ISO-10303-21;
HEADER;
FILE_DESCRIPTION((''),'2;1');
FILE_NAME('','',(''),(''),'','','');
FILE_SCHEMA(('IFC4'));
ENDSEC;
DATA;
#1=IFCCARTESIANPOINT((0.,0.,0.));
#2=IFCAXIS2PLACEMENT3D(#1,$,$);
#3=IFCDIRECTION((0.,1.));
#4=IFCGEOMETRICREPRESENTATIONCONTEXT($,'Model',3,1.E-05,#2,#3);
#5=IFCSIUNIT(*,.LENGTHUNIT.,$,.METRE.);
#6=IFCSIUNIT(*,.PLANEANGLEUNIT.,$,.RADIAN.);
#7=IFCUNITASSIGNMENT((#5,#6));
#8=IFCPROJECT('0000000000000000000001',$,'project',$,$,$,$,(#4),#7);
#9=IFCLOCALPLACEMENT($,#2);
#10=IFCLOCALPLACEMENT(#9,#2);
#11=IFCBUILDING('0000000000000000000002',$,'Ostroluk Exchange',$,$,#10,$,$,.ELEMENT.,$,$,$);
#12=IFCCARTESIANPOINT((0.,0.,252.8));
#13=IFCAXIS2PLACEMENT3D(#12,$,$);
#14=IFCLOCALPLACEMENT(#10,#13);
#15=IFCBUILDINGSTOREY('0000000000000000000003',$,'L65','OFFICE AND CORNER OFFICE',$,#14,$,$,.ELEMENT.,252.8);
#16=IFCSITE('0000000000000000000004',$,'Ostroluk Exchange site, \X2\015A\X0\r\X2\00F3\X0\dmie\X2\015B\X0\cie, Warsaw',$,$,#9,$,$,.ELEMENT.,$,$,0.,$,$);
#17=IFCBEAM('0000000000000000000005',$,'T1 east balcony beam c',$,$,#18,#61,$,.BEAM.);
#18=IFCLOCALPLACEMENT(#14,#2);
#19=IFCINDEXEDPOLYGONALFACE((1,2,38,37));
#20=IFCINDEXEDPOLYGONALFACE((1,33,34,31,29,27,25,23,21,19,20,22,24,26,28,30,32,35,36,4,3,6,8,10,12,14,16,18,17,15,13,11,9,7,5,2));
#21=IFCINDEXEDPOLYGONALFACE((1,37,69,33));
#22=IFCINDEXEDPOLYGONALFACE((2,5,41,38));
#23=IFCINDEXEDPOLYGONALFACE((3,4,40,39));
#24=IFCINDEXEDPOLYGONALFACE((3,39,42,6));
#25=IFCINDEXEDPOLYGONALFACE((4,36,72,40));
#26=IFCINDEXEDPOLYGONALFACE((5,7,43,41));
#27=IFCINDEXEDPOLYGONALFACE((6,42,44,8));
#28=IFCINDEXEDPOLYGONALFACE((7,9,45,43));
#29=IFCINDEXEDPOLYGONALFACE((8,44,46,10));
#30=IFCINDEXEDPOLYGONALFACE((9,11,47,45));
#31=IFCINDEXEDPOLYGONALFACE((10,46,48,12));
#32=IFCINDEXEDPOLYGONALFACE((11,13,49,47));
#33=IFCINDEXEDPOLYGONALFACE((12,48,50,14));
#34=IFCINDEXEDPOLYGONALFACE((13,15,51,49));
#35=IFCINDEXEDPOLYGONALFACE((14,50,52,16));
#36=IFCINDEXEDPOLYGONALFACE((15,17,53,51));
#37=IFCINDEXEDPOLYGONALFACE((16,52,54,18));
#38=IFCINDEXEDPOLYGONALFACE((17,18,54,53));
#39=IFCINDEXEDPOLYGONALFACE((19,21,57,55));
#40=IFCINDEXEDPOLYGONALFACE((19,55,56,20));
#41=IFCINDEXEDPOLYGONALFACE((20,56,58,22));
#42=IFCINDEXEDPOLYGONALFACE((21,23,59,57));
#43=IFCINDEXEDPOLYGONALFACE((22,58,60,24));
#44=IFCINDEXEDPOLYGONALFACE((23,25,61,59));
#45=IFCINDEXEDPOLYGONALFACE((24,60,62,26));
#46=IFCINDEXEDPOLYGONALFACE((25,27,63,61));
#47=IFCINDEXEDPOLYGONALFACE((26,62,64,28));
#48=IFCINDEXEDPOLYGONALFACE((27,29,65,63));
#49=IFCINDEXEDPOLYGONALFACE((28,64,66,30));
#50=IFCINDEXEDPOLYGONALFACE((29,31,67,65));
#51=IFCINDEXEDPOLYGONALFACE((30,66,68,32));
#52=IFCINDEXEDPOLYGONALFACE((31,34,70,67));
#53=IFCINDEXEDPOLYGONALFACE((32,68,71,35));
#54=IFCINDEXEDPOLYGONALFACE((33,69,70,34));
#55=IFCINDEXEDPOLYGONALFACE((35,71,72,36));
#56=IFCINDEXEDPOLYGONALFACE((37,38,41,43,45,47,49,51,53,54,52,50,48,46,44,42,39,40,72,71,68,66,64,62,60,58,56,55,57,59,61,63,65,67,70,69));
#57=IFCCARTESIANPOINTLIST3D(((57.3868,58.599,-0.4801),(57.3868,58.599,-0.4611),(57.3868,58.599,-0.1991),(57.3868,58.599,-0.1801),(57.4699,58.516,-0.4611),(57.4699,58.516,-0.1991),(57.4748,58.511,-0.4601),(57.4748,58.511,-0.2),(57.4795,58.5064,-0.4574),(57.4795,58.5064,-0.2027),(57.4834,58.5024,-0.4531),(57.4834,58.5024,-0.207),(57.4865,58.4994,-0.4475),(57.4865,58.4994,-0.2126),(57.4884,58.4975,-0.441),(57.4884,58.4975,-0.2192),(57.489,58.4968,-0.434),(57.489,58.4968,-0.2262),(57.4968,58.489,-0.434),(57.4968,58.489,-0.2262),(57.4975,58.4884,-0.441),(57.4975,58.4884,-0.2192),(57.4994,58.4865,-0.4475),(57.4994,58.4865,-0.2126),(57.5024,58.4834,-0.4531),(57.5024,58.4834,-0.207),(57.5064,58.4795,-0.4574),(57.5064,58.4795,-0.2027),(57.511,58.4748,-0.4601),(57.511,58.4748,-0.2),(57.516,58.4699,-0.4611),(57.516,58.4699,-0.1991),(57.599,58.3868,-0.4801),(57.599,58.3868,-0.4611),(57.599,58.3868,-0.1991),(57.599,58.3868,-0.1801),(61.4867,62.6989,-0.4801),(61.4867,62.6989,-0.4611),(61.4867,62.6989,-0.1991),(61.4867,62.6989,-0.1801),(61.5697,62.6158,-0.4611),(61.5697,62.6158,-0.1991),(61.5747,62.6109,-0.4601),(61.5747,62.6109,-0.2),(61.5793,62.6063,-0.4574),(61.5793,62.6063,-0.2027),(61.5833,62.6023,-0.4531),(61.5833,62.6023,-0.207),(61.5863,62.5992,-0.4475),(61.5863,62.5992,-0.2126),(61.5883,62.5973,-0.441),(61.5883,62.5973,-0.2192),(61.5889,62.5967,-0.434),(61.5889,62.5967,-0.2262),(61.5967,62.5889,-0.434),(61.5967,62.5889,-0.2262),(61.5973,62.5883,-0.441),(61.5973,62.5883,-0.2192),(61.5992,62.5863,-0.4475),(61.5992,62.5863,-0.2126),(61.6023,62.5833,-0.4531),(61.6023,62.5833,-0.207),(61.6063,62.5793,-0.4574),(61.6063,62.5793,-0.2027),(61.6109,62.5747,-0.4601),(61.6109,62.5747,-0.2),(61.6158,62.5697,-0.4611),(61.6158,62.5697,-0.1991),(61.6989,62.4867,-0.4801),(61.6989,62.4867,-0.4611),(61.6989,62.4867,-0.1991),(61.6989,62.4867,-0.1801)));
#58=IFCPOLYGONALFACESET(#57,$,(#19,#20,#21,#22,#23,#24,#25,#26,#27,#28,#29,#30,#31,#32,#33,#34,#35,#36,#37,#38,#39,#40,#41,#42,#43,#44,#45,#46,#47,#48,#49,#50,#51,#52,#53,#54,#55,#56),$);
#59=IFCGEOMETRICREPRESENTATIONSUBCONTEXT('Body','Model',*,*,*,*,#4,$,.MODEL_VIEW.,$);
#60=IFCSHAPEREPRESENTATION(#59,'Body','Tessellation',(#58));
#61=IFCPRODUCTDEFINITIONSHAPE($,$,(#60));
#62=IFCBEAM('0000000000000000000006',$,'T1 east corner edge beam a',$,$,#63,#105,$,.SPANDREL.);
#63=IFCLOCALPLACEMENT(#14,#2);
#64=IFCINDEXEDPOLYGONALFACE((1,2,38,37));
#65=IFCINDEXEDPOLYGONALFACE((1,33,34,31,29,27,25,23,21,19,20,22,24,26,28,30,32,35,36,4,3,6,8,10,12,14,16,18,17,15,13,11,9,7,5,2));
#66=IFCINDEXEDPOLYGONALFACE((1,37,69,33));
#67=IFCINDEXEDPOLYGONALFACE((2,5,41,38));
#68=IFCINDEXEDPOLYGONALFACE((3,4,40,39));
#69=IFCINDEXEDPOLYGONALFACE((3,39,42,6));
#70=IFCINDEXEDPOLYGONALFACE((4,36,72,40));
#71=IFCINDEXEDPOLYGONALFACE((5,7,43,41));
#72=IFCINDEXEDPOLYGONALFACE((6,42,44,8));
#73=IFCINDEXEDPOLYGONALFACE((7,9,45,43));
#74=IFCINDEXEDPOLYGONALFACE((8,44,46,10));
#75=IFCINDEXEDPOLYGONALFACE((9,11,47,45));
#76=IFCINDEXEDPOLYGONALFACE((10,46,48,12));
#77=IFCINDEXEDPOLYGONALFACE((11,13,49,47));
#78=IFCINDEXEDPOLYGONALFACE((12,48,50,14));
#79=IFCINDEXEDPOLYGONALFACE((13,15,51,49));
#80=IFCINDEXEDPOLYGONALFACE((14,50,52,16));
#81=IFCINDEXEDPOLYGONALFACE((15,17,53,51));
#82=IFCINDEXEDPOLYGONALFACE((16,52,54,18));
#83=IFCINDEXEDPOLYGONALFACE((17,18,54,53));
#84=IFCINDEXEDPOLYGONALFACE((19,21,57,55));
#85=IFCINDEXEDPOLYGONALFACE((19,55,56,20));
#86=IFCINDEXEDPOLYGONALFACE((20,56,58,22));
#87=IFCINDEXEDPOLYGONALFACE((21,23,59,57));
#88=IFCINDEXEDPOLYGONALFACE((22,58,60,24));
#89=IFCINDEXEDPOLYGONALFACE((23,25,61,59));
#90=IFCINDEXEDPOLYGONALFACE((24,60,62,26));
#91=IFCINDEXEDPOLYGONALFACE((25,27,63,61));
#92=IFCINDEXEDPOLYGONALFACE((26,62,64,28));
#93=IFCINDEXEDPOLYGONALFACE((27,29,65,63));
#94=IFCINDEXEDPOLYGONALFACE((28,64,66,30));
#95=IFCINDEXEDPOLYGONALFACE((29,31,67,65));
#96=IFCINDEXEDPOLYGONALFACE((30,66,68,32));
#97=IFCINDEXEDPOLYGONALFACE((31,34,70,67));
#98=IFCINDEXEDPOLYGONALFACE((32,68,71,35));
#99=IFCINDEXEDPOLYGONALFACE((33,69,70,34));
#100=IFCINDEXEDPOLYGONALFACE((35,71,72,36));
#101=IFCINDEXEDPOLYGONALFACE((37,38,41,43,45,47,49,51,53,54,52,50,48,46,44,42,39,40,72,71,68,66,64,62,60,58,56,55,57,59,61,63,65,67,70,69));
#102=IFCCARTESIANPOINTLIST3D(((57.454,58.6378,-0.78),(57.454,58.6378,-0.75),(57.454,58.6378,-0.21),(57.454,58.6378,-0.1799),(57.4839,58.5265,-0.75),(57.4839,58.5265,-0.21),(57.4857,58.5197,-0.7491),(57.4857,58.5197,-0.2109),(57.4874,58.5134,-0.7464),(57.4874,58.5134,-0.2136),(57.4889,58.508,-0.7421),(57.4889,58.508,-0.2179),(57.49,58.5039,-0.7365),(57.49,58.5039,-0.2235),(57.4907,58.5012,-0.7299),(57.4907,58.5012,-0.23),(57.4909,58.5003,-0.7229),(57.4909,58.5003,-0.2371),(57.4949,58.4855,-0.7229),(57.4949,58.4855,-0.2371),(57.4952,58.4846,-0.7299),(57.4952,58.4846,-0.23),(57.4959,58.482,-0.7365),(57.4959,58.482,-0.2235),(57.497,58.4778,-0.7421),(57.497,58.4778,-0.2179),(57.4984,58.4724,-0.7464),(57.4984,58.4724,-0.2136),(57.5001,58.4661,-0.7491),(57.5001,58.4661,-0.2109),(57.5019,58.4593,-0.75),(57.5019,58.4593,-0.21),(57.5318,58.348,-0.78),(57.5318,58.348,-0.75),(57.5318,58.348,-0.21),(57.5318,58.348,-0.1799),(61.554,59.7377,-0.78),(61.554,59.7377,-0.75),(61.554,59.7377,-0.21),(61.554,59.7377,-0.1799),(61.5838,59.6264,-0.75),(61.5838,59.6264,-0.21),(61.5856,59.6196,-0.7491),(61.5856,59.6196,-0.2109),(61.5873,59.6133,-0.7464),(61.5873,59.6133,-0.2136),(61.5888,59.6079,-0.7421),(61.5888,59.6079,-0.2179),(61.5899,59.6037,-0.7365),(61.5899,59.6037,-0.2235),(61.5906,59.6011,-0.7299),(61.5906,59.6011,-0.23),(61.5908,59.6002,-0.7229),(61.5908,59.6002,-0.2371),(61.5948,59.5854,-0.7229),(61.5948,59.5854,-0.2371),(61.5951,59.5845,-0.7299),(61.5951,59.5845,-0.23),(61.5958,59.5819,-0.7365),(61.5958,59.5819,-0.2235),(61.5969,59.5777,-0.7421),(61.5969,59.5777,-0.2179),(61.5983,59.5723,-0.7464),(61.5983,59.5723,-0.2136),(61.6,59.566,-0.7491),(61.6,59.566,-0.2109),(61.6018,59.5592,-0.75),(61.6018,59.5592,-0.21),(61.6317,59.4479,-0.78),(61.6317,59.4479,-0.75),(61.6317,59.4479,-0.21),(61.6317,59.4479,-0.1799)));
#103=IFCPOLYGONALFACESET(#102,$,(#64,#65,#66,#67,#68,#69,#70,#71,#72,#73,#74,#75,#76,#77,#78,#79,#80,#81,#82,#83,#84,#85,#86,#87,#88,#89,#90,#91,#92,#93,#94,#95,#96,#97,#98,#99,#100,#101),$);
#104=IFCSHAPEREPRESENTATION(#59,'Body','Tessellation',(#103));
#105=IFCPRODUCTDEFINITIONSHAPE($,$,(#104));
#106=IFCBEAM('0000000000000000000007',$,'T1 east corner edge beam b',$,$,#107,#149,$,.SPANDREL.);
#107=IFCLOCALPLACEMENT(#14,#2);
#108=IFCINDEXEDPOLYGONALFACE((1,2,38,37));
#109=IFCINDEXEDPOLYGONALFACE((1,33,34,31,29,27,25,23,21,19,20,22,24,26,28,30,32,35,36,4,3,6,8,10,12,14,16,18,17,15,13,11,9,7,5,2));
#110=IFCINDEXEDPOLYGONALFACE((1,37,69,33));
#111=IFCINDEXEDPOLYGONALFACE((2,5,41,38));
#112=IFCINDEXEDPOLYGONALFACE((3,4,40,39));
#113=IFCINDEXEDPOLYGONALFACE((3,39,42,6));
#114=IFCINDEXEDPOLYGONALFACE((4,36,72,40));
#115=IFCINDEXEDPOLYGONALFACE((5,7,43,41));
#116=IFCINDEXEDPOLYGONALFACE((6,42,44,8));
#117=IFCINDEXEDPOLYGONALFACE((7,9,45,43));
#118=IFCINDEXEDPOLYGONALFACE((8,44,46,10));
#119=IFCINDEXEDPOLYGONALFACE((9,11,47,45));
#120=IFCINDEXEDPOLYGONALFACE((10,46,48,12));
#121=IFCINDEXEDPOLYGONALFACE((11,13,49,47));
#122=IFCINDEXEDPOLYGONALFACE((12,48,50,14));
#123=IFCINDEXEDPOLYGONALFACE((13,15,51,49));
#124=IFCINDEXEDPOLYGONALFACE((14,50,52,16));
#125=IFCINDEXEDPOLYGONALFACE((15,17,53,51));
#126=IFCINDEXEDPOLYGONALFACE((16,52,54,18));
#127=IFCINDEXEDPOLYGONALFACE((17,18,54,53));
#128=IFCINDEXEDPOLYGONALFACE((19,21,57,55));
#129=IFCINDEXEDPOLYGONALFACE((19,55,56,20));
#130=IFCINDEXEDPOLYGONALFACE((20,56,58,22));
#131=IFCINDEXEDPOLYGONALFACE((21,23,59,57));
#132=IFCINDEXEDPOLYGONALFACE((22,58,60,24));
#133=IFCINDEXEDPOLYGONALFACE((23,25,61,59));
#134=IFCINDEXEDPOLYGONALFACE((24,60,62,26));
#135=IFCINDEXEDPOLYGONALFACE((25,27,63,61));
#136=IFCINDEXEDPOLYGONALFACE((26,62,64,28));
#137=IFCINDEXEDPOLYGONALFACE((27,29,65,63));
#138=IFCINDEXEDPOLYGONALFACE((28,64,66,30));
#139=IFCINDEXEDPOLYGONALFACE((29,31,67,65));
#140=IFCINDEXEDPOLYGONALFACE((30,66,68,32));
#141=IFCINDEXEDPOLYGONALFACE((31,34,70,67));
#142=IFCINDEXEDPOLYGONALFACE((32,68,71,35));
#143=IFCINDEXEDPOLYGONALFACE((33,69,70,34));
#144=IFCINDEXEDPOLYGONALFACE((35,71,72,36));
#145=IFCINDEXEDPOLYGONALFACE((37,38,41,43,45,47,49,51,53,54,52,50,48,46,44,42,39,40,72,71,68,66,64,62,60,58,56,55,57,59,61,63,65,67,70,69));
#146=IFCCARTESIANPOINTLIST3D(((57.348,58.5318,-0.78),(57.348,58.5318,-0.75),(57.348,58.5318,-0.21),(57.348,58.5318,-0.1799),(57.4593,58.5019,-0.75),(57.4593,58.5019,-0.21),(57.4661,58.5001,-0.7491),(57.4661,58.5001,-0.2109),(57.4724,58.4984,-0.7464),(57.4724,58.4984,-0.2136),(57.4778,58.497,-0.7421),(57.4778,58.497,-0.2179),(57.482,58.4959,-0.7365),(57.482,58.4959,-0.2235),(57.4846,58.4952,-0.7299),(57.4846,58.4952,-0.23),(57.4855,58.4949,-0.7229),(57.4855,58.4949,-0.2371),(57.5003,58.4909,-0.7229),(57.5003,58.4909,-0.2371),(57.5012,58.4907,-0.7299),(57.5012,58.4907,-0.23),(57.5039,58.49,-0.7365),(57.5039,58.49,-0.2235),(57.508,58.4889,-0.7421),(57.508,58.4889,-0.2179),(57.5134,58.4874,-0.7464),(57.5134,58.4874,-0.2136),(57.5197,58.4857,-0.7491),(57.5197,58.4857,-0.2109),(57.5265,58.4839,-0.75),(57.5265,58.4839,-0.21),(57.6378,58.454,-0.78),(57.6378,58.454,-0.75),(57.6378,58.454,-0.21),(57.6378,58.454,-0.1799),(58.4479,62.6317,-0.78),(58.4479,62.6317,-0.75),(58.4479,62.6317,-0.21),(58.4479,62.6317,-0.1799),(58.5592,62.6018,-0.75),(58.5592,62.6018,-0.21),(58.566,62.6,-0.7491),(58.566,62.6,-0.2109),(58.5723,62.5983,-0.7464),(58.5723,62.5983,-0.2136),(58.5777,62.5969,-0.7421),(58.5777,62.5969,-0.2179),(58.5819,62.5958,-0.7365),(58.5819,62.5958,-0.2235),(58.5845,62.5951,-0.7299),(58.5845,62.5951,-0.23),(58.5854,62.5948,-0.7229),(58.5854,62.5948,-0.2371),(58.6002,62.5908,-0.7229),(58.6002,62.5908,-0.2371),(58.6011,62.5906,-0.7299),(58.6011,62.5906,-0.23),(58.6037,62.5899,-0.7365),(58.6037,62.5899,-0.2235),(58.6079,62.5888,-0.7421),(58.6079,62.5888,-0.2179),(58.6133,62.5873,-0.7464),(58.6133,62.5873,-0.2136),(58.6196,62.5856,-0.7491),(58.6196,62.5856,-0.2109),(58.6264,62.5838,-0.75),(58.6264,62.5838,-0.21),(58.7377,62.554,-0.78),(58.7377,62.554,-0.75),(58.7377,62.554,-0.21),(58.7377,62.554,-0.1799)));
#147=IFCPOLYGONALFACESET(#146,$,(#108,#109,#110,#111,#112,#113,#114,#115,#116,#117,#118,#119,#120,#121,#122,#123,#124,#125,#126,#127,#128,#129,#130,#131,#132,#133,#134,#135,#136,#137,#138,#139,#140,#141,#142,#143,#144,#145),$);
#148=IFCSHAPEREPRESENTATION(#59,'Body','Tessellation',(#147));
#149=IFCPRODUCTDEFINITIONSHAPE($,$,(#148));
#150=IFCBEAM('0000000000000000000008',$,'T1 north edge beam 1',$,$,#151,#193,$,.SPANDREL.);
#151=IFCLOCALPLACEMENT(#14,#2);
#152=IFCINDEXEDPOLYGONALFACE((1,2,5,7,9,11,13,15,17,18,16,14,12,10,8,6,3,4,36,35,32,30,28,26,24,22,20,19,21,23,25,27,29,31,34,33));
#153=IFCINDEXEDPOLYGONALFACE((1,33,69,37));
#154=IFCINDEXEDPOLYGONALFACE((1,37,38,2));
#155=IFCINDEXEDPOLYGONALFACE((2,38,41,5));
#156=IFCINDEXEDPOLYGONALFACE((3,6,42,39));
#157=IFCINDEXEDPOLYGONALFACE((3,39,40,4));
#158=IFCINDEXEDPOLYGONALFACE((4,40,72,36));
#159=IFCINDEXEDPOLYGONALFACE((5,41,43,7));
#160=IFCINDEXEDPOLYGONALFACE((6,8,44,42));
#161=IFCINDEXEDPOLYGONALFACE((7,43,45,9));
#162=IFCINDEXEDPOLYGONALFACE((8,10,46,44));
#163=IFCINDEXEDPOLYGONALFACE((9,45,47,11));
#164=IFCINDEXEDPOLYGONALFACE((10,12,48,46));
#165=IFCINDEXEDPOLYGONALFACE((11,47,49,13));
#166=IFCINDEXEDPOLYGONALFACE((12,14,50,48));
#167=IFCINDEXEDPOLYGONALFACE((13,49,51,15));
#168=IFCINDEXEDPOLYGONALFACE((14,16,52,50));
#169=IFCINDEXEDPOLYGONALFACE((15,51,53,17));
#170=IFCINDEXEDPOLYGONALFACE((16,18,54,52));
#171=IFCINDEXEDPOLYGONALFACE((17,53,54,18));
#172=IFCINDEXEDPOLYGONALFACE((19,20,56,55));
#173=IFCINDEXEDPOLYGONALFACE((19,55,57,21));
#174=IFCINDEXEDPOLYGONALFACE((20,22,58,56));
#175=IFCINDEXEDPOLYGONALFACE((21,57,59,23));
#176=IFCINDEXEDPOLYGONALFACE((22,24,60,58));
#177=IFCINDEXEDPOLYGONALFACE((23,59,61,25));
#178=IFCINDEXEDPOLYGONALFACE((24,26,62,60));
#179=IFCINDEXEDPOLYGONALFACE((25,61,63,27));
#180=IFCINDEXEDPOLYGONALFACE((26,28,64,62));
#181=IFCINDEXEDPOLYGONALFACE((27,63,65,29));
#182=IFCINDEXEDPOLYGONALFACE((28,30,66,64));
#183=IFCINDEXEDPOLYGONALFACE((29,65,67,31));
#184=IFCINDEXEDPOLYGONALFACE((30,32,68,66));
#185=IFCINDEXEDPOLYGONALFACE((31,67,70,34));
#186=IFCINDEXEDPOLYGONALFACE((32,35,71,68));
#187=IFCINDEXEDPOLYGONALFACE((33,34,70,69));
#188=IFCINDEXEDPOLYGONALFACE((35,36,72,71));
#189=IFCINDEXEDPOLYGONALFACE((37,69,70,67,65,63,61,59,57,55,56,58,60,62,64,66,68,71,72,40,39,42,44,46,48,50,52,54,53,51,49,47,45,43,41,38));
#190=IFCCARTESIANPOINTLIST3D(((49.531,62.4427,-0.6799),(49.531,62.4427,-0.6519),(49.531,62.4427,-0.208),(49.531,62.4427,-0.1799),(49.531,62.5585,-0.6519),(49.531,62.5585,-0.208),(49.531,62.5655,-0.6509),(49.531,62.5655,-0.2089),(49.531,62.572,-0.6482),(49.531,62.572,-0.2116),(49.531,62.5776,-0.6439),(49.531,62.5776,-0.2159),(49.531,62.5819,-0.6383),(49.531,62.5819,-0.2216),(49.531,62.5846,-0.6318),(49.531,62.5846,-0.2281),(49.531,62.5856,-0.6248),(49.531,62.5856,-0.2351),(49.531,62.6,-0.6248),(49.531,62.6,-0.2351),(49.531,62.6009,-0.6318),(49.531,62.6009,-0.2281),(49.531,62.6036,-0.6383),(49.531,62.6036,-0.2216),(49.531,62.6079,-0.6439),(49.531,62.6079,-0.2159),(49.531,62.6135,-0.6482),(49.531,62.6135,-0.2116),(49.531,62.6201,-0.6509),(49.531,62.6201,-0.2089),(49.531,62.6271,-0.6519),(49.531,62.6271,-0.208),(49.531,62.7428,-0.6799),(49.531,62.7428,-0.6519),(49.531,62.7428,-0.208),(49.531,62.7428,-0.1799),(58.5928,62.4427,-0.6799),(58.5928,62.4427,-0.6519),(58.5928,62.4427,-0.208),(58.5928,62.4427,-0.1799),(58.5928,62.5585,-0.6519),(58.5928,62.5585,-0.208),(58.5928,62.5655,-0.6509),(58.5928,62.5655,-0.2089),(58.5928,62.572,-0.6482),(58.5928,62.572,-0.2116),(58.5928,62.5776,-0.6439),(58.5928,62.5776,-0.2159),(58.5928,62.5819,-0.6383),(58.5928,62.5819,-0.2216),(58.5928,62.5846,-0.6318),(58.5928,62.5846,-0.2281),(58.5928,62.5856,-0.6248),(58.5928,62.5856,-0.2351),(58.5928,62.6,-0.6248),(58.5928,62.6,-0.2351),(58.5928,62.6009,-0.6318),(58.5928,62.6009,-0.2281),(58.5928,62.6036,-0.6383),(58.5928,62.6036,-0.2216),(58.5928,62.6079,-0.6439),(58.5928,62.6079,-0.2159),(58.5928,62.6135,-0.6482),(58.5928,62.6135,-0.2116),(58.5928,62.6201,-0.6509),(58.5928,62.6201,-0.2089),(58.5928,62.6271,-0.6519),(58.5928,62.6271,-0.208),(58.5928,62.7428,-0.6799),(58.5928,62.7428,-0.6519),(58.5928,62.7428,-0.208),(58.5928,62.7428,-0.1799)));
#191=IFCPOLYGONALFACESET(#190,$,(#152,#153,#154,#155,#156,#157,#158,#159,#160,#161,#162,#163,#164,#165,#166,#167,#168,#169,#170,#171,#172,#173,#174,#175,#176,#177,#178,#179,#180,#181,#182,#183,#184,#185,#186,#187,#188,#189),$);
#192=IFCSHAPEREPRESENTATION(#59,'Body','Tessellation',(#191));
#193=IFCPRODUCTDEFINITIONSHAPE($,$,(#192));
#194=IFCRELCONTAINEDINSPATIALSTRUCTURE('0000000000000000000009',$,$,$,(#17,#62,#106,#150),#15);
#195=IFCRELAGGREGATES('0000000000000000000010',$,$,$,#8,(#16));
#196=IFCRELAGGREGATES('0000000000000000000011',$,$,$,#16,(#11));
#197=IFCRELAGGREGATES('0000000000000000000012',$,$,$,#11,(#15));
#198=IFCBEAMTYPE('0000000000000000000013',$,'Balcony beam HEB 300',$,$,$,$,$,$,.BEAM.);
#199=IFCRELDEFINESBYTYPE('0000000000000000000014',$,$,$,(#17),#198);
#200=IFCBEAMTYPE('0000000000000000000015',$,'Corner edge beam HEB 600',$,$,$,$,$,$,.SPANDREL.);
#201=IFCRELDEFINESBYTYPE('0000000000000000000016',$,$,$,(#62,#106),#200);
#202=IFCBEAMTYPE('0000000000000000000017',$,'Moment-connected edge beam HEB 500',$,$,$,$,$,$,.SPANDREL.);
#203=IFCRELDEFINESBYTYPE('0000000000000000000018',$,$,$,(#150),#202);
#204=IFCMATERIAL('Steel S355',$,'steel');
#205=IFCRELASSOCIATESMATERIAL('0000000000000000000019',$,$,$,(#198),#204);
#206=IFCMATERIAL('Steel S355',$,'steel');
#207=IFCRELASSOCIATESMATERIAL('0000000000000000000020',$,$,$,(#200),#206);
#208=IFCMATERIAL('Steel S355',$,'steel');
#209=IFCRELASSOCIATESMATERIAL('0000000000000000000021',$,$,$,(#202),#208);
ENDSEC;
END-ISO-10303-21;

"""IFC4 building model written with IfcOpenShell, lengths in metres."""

from ifc_helpers import new_model, si_unit, direction, frame, origin, origin_2d, place, context, subcontext, project, spatial, i_section, extrude, material, material_profile, profile_set, type_object, element, save


model = new_model("IFC4")

# Units and contexts
model_context = context("Model", 3, precision=1e-05, world=origin(), true_north=direction((0.0, 1.0)))
body_context = subcontext(model_context, "Body", "Model", "MODEL_VIEW")
ifc_project = project(units=[si_unit("LENGTHUNIT", "METRE"), si_unit("PLANEANGLEUNIT", "RADIAN")], contexts=[model_context])

# Site, building, storey
site_placement = place(None, origin())
site = spatial("IfcSite", under=ifc_project, at=site_placement, Name="Ostroluk Exchange site, Śródmieście, Warsaw", CompositionType="ELEMENT", RefElevation=0.0)
building_placement = place(site_placement, origin())
building = spatial("IfcBuilding", under=site, at=building_placement, Name="Ostroluk Exchange", CompositionType="ELEMENT")
storey_placement = place(building_placement, frame((0.0, 0.0, 252.8)))
storey = spatial("IfcBuildingStorey", under=building, at=storey_placement, Name="L65", Description="OFFICE AND CORNER OFFICE", CompositionType="ELEMENT", Elevation=252.8)

# Beams
ifc_material_1 = material(Name="Steel S355", Category="steel")
ifc_material_profile_1 = material_profile(ifc_material_1, i_section(OverallWidth=0.3, OverallDepth=0.3, WebThickness=0.011, FlangeThickness=0.019, FilletRadius=0.0271, at=origin_2d()), Name="HEB 300")
ifc_profile_set_1 = profile_set([ifc_material_profile_1], Name="Steel S355")
beam_type_1 = type_object("IfcBeamType", Name="Balcony beam HEB 300", PredefinedType="BEAM", material=ifc_profile_set_1)
beam_1_placement = place(storey_placement, frame((57.4929, 58.4929, -0.3301), z_axis=(0.707107, 0.707107, 0.0), x_axis=(-0.707107, 0.707107, 0.0)))
element("IfcBeam", 1, at=beam_1_placement, inside=storey, type_object=beam_type_1, Name="T1 east balcony beam c", PredefinedType="BEAM", context=body_context, shape_type="SweptSolid", body=[
    extrude(i_section(OverallWidth=0.3, OverallDepth=0.3, WebThickness=0.011, FlangeThickness=0.019, FilletRadius=0.0271, at=origin_2d()), origin(), (0.0, 0.0, 1.0), 5.7981),
])
ifc_material_2 = material(Name="Steel S355", Category="steel")
ifc_material_profile_2 = material_profile(ifc_material_2, i_section(OverallWidth=0.3, OverallDepth=0.6001, WebThickness=0.0154, FlangeThickness=0.03, FilletRadius=0.0271, at=origin_2d()), Name="HEB 600")
ifc_profile_set_2 = profile_set([ifc_material_profile_2], Name="Steel S355")
beam_type_2 = type_object("IfcBeamType", Name="Corner edge beam HEB 600", PredefinedType="SPANDREL", material=ifc_profile_set_2)
for number, where, z_axis, x_axis, name in (
    (2, (57.4929, 58.4929, -0.48), (0.965849, 0.259105, 0.0), (-0.259105, 0.965849, 0.0), "T1 east corner edge beam a"),
    (3, (57.4929, 58.4929, -0.48), (0.259105, 0.965849, 0.0), (-0.965849, 0.259105, 0.0), "T1 east corner edge beam b"),
):
    element("IfcBeam", number, at=place(storey_placement, frame(where, z_axis=z_axis, x_axis=x_axis)), inside=storey, type_object=beam_type_2, Name=name, PredefinedType="SPANDREL", context=body_context, shape_type="SweptSolid", body=[
        extrude(i_section(OverallWidth=0.3, OverallDepth=0.6001, WebThickness=0.0154, FlangeThickness=0.03, FilletRadius=0.0271, at=origin_2d()), origin(), (0.0, 0.0, 1.0), 4.2449),
    ])
ifc_material_3 = material(Name="Steel S355", Category="steel")
ifc_material_profile_3 = material_profile(ifc_material_3, i_section(OverallWidth=0.3, OverallDepth=0.5, WebThickness=0.0144, FlangeThickness=0.0281, FilletRadius=0.0271, at=origin_2d()), Name="HEB 500")
ifc_profile_set_3 = profile_set([ifc_material_profile_3], Name="Steel S355")
beam_type_3 = type_object("IfcBeamType", Name="Moment-connected edge beam HEB 500", PredefinedType="SPANDREL", material=ifc_profile_set_3)
beam_2_placement = place(storey_placement, frame((58.5928, 62.5928, -0.4299), z_axis=(-1.0, 0.0, 0.0), x_axis=(0.0, -1.0, 0.0)))
element("IfcBeam", 4, at=beam_2_placement, inside=storey, type_object=beam_type_3, Name="T1 north edge beam 1", PredefinedType="SPANDREL", context=body_context, shape_type="SweptSolid", body=[
    extrude(i_section(OverallWidth=0.3, OverallDepth=0.5, WebThickness=0.0144, FlangeThickness=0.0281, FilletRadius=0.0271, at=origin_2d()), origin(), (0.0, 0.0, 1.0), 9.0618),
])

save(model, "model.ifc")
